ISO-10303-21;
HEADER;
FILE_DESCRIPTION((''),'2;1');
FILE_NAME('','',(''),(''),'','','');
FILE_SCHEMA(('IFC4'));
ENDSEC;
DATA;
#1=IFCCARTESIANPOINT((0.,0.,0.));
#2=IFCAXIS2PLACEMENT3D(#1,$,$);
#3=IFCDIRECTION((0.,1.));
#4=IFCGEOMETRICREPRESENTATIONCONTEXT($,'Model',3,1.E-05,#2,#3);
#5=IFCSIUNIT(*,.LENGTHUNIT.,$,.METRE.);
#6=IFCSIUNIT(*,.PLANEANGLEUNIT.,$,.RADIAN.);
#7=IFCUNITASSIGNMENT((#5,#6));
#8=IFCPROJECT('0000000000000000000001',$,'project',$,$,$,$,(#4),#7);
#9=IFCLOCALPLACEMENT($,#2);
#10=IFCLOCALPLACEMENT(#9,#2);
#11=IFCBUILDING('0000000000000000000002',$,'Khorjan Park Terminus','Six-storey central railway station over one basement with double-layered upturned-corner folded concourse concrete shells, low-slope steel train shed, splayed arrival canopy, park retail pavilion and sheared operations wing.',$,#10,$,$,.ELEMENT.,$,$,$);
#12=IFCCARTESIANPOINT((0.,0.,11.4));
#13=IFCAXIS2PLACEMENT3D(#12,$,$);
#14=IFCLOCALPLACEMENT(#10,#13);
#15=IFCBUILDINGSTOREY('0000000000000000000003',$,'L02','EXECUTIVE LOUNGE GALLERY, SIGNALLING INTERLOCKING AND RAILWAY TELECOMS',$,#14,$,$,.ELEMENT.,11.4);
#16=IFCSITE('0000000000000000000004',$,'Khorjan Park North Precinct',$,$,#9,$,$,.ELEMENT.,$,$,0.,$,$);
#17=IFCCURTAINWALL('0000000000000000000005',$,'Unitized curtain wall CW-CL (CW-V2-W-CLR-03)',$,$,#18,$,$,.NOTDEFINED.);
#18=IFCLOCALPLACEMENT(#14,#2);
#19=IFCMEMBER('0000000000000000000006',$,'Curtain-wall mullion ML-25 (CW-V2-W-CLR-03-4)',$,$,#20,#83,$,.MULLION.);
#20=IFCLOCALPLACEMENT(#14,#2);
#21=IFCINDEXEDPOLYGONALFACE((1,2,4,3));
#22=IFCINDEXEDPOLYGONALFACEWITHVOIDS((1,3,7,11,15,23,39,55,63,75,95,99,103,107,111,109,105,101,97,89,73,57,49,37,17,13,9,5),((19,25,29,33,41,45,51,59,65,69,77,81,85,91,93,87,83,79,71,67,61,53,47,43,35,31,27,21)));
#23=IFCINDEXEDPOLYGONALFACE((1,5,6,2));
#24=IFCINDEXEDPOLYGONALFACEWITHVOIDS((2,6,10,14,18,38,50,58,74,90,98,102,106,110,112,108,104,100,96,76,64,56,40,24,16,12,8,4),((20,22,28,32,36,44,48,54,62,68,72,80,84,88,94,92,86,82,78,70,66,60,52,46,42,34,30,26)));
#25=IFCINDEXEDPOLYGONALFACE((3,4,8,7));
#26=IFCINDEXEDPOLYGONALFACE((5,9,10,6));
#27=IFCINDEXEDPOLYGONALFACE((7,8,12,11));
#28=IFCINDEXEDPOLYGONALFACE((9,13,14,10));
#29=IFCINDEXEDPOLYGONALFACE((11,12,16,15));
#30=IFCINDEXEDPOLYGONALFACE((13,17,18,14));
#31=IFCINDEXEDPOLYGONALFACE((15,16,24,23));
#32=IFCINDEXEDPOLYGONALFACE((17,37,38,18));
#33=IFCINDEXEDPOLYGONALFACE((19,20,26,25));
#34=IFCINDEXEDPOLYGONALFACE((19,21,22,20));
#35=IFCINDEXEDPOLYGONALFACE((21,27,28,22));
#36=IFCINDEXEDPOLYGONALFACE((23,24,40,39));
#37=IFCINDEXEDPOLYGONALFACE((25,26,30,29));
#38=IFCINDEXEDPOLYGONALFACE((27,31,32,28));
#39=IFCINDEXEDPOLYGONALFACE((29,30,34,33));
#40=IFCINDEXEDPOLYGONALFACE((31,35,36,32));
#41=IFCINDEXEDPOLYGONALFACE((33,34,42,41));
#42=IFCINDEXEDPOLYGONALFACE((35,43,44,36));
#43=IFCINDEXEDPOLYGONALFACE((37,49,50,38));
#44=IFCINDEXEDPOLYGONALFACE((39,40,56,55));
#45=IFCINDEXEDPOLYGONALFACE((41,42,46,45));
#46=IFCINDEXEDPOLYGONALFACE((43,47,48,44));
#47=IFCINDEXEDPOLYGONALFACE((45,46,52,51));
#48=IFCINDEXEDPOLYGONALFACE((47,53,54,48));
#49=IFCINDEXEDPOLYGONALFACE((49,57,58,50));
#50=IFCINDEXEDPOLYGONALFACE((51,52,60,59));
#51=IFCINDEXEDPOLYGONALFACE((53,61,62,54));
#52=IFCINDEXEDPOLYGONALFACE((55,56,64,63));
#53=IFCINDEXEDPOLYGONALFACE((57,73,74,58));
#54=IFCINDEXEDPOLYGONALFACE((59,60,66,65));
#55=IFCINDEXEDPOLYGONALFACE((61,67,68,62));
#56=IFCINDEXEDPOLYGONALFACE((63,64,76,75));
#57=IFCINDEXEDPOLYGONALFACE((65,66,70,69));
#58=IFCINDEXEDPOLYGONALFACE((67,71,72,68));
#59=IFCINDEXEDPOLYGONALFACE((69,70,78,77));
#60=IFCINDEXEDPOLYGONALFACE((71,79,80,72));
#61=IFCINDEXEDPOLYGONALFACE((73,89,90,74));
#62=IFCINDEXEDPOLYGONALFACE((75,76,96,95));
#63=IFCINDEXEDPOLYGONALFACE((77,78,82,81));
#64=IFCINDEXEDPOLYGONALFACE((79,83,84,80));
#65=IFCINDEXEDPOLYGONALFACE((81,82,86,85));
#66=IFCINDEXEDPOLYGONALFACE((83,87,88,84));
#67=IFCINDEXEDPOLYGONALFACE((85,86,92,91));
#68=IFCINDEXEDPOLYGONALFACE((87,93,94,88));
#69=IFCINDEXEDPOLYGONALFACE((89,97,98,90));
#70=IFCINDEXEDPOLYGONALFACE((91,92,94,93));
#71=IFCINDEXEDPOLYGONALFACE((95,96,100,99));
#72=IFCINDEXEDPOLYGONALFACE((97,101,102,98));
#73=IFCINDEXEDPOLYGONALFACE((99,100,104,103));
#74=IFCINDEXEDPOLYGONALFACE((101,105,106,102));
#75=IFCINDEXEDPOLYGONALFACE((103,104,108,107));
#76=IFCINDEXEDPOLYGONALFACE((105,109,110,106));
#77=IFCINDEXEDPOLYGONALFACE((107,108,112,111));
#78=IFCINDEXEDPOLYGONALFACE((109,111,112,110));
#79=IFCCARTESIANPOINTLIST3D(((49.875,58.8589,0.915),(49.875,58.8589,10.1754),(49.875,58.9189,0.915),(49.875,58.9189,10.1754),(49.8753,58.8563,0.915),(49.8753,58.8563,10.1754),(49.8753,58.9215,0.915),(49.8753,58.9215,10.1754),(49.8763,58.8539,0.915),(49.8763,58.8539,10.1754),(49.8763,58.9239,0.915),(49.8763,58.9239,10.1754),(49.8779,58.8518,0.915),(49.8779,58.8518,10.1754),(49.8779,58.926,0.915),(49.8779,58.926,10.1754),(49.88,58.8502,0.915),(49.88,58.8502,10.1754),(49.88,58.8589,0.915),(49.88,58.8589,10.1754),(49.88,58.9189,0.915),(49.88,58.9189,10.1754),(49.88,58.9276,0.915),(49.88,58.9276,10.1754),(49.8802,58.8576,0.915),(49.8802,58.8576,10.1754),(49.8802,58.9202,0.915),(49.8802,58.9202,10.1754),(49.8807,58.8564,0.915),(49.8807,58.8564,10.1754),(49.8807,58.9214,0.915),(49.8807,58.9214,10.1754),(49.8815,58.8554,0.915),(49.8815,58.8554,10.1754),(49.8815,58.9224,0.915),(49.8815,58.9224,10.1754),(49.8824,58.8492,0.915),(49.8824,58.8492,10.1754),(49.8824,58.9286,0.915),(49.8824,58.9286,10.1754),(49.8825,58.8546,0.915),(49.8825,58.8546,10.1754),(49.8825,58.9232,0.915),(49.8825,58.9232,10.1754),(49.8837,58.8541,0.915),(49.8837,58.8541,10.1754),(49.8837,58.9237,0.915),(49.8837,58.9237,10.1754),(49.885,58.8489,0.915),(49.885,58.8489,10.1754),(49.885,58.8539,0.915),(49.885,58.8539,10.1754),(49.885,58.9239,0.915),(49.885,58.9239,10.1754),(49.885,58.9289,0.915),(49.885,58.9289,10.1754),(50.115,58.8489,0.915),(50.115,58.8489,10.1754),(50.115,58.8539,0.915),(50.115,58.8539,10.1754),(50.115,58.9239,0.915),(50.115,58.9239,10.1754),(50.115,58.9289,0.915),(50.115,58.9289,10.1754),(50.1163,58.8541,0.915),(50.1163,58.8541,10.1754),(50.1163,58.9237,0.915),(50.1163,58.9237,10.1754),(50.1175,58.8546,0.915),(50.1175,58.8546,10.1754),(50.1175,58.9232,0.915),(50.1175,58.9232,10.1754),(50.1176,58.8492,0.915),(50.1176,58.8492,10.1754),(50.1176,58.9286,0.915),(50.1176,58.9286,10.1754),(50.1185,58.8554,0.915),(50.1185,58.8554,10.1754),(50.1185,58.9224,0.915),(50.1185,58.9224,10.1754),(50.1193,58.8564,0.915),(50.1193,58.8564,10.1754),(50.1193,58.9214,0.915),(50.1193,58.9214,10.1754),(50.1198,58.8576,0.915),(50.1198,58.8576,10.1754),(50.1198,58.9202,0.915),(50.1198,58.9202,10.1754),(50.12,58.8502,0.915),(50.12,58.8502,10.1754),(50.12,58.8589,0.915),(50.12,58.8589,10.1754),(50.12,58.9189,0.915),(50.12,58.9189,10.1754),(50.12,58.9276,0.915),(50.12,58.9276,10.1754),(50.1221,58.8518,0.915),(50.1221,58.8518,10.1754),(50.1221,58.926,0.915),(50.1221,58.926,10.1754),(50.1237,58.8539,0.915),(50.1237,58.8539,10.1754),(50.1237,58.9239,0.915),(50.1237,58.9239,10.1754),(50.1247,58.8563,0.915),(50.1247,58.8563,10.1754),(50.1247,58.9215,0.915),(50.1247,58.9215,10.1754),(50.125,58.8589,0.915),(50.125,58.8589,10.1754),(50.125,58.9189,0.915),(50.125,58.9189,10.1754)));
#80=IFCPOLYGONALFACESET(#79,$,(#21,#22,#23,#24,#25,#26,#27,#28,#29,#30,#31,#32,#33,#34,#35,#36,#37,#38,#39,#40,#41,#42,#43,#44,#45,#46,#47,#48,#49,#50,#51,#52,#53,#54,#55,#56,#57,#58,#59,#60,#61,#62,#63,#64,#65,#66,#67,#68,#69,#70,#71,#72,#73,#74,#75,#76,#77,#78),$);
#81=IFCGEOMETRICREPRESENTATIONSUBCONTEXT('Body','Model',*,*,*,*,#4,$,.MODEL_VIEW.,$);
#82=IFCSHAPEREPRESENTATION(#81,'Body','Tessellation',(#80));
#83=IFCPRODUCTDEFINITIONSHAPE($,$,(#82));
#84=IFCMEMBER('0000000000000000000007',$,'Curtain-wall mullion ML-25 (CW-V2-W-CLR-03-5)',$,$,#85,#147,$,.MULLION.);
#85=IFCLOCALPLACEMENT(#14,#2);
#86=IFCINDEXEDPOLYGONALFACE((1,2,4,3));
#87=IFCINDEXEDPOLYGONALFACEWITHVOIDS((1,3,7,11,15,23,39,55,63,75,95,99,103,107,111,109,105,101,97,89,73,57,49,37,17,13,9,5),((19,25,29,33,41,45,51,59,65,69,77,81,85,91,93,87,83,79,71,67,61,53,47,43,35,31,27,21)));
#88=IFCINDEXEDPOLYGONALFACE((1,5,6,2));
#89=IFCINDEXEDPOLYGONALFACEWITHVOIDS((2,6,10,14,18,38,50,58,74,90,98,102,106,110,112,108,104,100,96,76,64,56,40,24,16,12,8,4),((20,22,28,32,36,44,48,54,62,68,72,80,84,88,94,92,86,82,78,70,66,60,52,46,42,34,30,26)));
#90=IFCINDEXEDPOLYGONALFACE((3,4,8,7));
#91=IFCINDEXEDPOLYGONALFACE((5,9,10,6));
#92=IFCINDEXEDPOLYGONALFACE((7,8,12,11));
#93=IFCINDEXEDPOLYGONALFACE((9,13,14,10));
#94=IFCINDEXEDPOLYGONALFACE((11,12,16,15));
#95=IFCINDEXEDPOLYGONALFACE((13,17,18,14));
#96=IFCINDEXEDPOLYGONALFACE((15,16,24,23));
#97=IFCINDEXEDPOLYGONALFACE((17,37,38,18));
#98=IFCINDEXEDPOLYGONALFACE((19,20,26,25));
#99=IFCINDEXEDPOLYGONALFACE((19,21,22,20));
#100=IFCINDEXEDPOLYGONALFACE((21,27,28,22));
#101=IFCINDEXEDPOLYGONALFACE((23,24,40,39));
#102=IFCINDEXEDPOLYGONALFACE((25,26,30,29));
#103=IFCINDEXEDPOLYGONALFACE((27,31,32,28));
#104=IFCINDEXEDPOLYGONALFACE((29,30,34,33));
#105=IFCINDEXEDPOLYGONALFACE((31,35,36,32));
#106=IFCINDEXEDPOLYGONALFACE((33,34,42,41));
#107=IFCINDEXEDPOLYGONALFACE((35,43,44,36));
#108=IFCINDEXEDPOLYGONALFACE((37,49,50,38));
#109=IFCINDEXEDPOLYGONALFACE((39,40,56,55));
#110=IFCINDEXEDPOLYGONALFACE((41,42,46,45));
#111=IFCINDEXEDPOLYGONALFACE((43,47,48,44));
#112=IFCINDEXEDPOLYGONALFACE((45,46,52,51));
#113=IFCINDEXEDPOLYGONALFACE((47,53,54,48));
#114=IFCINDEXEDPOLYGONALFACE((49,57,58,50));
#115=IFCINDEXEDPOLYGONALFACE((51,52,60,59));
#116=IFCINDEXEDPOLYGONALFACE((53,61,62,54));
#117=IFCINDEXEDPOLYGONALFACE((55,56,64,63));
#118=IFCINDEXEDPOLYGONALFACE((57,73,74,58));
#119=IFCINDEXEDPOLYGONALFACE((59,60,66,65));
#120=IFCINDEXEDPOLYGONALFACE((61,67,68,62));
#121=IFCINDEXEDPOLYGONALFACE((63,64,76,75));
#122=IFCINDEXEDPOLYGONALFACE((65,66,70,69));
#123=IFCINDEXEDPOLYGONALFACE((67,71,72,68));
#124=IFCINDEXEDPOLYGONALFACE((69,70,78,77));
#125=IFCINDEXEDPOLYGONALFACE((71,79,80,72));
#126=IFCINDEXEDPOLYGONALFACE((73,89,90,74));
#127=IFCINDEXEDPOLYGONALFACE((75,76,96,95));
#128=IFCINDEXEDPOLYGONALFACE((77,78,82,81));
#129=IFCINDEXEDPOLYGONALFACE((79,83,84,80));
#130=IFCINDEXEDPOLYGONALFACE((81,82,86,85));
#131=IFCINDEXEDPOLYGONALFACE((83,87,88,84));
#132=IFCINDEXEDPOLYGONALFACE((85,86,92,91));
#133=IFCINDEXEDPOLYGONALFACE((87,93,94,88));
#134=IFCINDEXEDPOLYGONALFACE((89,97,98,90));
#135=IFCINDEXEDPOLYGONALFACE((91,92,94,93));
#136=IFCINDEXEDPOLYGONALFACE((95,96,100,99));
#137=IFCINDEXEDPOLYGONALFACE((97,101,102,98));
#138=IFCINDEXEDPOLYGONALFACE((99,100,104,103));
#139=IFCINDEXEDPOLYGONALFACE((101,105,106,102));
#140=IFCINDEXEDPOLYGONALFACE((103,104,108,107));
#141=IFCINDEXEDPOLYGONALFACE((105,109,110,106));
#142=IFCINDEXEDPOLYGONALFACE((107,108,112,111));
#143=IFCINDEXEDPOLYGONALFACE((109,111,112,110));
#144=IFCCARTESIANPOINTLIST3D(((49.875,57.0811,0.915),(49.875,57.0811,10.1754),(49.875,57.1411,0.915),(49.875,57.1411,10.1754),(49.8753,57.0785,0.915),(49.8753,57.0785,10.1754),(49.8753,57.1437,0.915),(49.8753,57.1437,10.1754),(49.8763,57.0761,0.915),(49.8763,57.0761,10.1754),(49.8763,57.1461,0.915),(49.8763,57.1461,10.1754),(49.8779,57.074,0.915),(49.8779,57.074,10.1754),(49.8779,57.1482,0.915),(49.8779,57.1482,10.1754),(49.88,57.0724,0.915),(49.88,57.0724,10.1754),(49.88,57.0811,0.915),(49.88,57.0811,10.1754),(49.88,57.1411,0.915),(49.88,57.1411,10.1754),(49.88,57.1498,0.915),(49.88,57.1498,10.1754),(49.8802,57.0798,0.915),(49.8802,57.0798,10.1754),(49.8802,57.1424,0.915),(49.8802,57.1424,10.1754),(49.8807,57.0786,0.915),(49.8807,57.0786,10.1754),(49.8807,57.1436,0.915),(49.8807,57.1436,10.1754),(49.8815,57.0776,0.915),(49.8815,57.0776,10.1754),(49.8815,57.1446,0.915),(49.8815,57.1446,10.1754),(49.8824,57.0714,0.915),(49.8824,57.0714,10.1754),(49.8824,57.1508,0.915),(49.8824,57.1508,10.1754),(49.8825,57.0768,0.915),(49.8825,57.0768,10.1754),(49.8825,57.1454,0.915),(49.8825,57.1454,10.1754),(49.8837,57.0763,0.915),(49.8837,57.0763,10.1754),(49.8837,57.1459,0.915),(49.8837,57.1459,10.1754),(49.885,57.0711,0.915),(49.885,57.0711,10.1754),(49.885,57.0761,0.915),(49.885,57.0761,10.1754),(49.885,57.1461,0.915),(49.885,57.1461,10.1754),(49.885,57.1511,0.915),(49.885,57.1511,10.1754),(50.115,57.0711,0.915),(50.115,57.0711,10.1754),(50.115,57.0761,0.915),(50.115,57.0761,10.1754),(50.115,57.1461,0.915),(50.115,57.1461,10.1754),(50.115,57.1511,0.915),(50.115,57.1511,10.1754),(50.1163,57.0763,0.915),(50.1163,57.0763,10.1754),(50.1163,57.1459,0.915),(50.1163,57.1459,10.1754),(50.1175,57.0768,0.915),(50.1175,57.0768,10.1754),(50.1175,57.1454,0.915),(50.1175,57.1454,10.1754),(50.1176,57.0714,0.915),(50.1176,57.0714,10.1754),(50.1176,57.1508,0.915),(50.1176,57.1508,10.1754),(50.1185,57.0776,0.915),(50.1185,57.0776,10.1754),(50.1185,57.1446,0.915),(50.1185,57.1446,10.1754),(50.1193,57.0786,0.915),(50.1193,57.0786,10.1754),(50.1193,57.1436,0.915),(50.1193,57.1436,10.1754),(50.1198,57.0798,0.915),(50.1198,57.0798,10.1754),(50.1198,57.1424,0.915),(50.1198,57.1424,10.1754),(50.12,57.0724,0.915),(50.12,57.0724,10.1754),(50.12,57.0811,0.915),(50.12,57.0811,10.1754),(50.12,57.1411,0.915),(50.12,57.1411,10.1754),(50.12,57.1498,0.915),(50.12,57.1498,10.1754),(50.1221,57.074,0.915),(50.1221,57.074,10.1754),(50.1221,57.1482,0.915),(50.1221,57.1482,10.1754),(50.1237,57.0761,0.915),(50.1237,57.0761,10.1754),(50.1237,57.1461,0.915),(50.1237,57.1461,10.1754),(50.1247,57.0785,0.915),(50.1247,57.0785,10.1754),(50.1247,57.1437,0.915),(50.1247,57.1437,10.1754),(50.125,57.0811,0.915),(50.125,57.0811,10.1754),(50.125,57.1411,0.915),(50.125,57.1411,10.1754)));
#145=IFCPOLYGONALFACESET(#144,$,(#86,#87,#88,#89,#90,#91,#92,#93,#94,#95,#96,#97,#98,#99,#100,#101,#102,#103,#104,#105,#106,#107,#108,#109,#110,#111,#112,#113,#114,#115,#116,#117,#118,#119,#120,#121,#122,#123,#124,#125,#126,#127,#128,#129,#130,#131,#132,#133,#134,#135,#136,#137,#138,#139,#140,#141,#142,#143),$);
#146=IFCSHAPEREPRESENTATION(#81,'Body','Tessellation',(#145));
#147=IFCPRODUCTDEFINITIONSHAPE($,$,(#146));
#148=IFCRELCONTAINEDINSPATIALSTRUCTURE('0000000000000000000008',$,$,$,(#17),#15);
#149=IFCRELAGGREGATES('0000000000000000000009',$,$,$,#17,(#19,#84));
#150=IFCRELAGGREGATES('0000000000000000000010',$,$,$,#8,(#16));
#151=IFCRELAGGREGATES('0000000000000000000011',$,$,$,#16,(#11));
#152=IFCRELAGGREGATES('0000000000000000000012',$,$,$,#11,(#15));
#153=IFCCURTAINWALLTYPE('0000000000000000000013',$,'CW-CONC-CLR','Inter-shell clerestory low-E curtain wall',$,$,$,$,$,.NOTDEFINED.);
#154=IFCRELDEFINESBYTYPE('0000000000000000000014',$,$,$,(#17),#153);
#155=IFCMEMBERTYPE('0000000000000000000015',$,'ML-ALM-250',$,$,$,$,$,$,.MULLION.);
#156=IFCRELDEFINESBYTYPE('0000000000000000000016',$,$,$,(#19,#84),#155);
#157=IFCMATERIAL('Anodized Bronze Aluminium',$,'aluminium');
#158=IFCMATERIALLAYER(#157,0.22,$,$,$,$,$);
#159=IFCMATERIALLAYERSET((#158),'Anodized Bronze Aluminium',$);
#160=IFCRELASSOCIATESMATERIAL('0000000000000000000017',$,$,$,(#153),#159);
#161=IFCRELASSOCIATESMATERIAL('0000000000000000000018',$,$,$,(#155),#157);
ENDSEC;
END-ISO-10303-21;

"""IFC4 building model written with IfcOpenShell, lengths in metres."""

from ifc_helpers import new_model, si_unit, direction, frame, origin, origin_2d, place, context, subcontext, project, spatial, hollow_rectangle, extrude, material, layer, layer_set, material_profile, profile_set, type_object, element, aggregate, save


model = new_model("IFC4")

# Units and contexts
model_context = context("Model", 3, precision=1e-05, world=origin(), true_north=direction((0.0, 1.0)))
body_context = subcontext(model_context, "Body", "Model", "MODEL_VIEW")
ifc_project = project(units=[si_unit("LENGTHUNIT", "METRE"), si_unit("PLANEANGLEUNIT", "RADIAN")], contexts=[model_context])

# Site, building, storey
site_placement = place(None, origin())
site = spatial("IfcSite", under=ifc_project, at=site_placement, Name="Khorjan Park North Precinct", CompositionType="ELEMENT", RefElevation=0.0)
building_placement = place(site_placement, origin())
building = spatial("IfcBuilding", under=site, at=building_placement, Name="Khorjan Park Terminus", Description="Six-storey central railway station over one basement with double-layered upturned-corner folded concourse concrete shells, low-slope steel train shed, splayed arrival canopy, park retail pavilion and sheared operations wing.", CompositionType="ELEMENT")
storey_placement = place(building_placement, frame((0.0, 0.0, 11.4)))
storey = spatial("IfcBuildingStorey", under=building, at=storey_placement, Name="L02", Description="EXECUTIVE LOUNGE GALLERY, SIGNALLING INTERLOCKING AND RAILWAY TELECOMS", CompositionType="ELEMENT", Elevation=11.4)

# Curtain wall, members
ifc_material_1 = material(Name="Anodized Bronze Aluminium", Category="aluminium")
ifc_layer_1 = layer(ifc_material_1, 0.22)
ifc_layer_set_1 = layer_set([ifc_layer_1], Name="Anodized Bronze Aluminium")
curtain_wall_type = type_object("IfcCurtainWallType", Name="CW-CONC-CLR", Description="Inter-shell clerestory low-E curtain wall", PredefinedType="NOTDEFINED", material=ifc_layer_set_1)
curtain_wall_placement = place(storey_placement, origin())
curtain_wall = element("IfcCurtainWall", 1, at=curtain_wall_placement, inside=storey, type_object=curtain_wall_type, Name="Unitized curtain wall CW-CL (CW-V2-W-CLR-03)", PredefinedType="NOTDEFINED")
ifc_material_profile_1 = material_profile(ifc_material_1, hollow_rectangle(XDim=0.08, YDim=0.25, WallThickness=0.005, InnerFilletRadius=0.005, OuterFilletRadius=0.01, at=origin_2d()), Name="ALM 80x250x5")
ifc_profile_set_1 = profile_set([ifc_material_profile_1], Name="Anodized Bronze Aluminium")
member_type_1 = type_object("IfcMemberType", Name="ML-ALM-250", PredefinedType="MULLION", material=ifc_profile_set_1)
member_1_placement = place(storey_placement, frame((50.0, 58.8889, 0.915), z_axis=(0.0, 0.0, 1.0), x_axis=(0.0, -1.0, 0.0)))
member_1 = element("IfcMember", 2, at=member_1_placement, type_object=member_type_1, Name="Curtain-wall mullion ML-25 (CW-V2-W-CLR-03-4)", PredefinedType="MULLION", context=body_context, shape_type="SweptSolid", body=[
    extrude(hollow_rectangle(XDim=0.08, YDim=0.25, WallThickness=0.005, InnerFilletRadius=0.005, OuterFilletRadius=0.01, at=origin_2d()), origin(), (0.0, 0.0, 1.0), 9.2604),
])
member_2_placement = place(storey_placement, frame((50.0, 57.1111, 0.915), z_axis=(0.0, 0.0, 1.0), x_axis=(0.0, -1.0, 0.0)))
member_2 = element("IfcMember", 3, at=member_2_placement, type_object=member_type_1, Name="Curtain-wall mullion ML-25 (CW-V2-W-CLR-03-5)", PredefinedType="MULLION", context=body_context, shape_type="SweptSolid", body=[
    extrude(hollow_rectangle(XDim=0.08, YDim=0.25, WallThickness=0.005, InnerFilletRadius=0.005, OuterFilletRadius=0.01, at=origin_2d()), origin(), (0.0, 0.0, 1.0), 9.2604),
])
aggregate(curtain_wall, [member_1, member_2])

save(model, "model.ifc")
